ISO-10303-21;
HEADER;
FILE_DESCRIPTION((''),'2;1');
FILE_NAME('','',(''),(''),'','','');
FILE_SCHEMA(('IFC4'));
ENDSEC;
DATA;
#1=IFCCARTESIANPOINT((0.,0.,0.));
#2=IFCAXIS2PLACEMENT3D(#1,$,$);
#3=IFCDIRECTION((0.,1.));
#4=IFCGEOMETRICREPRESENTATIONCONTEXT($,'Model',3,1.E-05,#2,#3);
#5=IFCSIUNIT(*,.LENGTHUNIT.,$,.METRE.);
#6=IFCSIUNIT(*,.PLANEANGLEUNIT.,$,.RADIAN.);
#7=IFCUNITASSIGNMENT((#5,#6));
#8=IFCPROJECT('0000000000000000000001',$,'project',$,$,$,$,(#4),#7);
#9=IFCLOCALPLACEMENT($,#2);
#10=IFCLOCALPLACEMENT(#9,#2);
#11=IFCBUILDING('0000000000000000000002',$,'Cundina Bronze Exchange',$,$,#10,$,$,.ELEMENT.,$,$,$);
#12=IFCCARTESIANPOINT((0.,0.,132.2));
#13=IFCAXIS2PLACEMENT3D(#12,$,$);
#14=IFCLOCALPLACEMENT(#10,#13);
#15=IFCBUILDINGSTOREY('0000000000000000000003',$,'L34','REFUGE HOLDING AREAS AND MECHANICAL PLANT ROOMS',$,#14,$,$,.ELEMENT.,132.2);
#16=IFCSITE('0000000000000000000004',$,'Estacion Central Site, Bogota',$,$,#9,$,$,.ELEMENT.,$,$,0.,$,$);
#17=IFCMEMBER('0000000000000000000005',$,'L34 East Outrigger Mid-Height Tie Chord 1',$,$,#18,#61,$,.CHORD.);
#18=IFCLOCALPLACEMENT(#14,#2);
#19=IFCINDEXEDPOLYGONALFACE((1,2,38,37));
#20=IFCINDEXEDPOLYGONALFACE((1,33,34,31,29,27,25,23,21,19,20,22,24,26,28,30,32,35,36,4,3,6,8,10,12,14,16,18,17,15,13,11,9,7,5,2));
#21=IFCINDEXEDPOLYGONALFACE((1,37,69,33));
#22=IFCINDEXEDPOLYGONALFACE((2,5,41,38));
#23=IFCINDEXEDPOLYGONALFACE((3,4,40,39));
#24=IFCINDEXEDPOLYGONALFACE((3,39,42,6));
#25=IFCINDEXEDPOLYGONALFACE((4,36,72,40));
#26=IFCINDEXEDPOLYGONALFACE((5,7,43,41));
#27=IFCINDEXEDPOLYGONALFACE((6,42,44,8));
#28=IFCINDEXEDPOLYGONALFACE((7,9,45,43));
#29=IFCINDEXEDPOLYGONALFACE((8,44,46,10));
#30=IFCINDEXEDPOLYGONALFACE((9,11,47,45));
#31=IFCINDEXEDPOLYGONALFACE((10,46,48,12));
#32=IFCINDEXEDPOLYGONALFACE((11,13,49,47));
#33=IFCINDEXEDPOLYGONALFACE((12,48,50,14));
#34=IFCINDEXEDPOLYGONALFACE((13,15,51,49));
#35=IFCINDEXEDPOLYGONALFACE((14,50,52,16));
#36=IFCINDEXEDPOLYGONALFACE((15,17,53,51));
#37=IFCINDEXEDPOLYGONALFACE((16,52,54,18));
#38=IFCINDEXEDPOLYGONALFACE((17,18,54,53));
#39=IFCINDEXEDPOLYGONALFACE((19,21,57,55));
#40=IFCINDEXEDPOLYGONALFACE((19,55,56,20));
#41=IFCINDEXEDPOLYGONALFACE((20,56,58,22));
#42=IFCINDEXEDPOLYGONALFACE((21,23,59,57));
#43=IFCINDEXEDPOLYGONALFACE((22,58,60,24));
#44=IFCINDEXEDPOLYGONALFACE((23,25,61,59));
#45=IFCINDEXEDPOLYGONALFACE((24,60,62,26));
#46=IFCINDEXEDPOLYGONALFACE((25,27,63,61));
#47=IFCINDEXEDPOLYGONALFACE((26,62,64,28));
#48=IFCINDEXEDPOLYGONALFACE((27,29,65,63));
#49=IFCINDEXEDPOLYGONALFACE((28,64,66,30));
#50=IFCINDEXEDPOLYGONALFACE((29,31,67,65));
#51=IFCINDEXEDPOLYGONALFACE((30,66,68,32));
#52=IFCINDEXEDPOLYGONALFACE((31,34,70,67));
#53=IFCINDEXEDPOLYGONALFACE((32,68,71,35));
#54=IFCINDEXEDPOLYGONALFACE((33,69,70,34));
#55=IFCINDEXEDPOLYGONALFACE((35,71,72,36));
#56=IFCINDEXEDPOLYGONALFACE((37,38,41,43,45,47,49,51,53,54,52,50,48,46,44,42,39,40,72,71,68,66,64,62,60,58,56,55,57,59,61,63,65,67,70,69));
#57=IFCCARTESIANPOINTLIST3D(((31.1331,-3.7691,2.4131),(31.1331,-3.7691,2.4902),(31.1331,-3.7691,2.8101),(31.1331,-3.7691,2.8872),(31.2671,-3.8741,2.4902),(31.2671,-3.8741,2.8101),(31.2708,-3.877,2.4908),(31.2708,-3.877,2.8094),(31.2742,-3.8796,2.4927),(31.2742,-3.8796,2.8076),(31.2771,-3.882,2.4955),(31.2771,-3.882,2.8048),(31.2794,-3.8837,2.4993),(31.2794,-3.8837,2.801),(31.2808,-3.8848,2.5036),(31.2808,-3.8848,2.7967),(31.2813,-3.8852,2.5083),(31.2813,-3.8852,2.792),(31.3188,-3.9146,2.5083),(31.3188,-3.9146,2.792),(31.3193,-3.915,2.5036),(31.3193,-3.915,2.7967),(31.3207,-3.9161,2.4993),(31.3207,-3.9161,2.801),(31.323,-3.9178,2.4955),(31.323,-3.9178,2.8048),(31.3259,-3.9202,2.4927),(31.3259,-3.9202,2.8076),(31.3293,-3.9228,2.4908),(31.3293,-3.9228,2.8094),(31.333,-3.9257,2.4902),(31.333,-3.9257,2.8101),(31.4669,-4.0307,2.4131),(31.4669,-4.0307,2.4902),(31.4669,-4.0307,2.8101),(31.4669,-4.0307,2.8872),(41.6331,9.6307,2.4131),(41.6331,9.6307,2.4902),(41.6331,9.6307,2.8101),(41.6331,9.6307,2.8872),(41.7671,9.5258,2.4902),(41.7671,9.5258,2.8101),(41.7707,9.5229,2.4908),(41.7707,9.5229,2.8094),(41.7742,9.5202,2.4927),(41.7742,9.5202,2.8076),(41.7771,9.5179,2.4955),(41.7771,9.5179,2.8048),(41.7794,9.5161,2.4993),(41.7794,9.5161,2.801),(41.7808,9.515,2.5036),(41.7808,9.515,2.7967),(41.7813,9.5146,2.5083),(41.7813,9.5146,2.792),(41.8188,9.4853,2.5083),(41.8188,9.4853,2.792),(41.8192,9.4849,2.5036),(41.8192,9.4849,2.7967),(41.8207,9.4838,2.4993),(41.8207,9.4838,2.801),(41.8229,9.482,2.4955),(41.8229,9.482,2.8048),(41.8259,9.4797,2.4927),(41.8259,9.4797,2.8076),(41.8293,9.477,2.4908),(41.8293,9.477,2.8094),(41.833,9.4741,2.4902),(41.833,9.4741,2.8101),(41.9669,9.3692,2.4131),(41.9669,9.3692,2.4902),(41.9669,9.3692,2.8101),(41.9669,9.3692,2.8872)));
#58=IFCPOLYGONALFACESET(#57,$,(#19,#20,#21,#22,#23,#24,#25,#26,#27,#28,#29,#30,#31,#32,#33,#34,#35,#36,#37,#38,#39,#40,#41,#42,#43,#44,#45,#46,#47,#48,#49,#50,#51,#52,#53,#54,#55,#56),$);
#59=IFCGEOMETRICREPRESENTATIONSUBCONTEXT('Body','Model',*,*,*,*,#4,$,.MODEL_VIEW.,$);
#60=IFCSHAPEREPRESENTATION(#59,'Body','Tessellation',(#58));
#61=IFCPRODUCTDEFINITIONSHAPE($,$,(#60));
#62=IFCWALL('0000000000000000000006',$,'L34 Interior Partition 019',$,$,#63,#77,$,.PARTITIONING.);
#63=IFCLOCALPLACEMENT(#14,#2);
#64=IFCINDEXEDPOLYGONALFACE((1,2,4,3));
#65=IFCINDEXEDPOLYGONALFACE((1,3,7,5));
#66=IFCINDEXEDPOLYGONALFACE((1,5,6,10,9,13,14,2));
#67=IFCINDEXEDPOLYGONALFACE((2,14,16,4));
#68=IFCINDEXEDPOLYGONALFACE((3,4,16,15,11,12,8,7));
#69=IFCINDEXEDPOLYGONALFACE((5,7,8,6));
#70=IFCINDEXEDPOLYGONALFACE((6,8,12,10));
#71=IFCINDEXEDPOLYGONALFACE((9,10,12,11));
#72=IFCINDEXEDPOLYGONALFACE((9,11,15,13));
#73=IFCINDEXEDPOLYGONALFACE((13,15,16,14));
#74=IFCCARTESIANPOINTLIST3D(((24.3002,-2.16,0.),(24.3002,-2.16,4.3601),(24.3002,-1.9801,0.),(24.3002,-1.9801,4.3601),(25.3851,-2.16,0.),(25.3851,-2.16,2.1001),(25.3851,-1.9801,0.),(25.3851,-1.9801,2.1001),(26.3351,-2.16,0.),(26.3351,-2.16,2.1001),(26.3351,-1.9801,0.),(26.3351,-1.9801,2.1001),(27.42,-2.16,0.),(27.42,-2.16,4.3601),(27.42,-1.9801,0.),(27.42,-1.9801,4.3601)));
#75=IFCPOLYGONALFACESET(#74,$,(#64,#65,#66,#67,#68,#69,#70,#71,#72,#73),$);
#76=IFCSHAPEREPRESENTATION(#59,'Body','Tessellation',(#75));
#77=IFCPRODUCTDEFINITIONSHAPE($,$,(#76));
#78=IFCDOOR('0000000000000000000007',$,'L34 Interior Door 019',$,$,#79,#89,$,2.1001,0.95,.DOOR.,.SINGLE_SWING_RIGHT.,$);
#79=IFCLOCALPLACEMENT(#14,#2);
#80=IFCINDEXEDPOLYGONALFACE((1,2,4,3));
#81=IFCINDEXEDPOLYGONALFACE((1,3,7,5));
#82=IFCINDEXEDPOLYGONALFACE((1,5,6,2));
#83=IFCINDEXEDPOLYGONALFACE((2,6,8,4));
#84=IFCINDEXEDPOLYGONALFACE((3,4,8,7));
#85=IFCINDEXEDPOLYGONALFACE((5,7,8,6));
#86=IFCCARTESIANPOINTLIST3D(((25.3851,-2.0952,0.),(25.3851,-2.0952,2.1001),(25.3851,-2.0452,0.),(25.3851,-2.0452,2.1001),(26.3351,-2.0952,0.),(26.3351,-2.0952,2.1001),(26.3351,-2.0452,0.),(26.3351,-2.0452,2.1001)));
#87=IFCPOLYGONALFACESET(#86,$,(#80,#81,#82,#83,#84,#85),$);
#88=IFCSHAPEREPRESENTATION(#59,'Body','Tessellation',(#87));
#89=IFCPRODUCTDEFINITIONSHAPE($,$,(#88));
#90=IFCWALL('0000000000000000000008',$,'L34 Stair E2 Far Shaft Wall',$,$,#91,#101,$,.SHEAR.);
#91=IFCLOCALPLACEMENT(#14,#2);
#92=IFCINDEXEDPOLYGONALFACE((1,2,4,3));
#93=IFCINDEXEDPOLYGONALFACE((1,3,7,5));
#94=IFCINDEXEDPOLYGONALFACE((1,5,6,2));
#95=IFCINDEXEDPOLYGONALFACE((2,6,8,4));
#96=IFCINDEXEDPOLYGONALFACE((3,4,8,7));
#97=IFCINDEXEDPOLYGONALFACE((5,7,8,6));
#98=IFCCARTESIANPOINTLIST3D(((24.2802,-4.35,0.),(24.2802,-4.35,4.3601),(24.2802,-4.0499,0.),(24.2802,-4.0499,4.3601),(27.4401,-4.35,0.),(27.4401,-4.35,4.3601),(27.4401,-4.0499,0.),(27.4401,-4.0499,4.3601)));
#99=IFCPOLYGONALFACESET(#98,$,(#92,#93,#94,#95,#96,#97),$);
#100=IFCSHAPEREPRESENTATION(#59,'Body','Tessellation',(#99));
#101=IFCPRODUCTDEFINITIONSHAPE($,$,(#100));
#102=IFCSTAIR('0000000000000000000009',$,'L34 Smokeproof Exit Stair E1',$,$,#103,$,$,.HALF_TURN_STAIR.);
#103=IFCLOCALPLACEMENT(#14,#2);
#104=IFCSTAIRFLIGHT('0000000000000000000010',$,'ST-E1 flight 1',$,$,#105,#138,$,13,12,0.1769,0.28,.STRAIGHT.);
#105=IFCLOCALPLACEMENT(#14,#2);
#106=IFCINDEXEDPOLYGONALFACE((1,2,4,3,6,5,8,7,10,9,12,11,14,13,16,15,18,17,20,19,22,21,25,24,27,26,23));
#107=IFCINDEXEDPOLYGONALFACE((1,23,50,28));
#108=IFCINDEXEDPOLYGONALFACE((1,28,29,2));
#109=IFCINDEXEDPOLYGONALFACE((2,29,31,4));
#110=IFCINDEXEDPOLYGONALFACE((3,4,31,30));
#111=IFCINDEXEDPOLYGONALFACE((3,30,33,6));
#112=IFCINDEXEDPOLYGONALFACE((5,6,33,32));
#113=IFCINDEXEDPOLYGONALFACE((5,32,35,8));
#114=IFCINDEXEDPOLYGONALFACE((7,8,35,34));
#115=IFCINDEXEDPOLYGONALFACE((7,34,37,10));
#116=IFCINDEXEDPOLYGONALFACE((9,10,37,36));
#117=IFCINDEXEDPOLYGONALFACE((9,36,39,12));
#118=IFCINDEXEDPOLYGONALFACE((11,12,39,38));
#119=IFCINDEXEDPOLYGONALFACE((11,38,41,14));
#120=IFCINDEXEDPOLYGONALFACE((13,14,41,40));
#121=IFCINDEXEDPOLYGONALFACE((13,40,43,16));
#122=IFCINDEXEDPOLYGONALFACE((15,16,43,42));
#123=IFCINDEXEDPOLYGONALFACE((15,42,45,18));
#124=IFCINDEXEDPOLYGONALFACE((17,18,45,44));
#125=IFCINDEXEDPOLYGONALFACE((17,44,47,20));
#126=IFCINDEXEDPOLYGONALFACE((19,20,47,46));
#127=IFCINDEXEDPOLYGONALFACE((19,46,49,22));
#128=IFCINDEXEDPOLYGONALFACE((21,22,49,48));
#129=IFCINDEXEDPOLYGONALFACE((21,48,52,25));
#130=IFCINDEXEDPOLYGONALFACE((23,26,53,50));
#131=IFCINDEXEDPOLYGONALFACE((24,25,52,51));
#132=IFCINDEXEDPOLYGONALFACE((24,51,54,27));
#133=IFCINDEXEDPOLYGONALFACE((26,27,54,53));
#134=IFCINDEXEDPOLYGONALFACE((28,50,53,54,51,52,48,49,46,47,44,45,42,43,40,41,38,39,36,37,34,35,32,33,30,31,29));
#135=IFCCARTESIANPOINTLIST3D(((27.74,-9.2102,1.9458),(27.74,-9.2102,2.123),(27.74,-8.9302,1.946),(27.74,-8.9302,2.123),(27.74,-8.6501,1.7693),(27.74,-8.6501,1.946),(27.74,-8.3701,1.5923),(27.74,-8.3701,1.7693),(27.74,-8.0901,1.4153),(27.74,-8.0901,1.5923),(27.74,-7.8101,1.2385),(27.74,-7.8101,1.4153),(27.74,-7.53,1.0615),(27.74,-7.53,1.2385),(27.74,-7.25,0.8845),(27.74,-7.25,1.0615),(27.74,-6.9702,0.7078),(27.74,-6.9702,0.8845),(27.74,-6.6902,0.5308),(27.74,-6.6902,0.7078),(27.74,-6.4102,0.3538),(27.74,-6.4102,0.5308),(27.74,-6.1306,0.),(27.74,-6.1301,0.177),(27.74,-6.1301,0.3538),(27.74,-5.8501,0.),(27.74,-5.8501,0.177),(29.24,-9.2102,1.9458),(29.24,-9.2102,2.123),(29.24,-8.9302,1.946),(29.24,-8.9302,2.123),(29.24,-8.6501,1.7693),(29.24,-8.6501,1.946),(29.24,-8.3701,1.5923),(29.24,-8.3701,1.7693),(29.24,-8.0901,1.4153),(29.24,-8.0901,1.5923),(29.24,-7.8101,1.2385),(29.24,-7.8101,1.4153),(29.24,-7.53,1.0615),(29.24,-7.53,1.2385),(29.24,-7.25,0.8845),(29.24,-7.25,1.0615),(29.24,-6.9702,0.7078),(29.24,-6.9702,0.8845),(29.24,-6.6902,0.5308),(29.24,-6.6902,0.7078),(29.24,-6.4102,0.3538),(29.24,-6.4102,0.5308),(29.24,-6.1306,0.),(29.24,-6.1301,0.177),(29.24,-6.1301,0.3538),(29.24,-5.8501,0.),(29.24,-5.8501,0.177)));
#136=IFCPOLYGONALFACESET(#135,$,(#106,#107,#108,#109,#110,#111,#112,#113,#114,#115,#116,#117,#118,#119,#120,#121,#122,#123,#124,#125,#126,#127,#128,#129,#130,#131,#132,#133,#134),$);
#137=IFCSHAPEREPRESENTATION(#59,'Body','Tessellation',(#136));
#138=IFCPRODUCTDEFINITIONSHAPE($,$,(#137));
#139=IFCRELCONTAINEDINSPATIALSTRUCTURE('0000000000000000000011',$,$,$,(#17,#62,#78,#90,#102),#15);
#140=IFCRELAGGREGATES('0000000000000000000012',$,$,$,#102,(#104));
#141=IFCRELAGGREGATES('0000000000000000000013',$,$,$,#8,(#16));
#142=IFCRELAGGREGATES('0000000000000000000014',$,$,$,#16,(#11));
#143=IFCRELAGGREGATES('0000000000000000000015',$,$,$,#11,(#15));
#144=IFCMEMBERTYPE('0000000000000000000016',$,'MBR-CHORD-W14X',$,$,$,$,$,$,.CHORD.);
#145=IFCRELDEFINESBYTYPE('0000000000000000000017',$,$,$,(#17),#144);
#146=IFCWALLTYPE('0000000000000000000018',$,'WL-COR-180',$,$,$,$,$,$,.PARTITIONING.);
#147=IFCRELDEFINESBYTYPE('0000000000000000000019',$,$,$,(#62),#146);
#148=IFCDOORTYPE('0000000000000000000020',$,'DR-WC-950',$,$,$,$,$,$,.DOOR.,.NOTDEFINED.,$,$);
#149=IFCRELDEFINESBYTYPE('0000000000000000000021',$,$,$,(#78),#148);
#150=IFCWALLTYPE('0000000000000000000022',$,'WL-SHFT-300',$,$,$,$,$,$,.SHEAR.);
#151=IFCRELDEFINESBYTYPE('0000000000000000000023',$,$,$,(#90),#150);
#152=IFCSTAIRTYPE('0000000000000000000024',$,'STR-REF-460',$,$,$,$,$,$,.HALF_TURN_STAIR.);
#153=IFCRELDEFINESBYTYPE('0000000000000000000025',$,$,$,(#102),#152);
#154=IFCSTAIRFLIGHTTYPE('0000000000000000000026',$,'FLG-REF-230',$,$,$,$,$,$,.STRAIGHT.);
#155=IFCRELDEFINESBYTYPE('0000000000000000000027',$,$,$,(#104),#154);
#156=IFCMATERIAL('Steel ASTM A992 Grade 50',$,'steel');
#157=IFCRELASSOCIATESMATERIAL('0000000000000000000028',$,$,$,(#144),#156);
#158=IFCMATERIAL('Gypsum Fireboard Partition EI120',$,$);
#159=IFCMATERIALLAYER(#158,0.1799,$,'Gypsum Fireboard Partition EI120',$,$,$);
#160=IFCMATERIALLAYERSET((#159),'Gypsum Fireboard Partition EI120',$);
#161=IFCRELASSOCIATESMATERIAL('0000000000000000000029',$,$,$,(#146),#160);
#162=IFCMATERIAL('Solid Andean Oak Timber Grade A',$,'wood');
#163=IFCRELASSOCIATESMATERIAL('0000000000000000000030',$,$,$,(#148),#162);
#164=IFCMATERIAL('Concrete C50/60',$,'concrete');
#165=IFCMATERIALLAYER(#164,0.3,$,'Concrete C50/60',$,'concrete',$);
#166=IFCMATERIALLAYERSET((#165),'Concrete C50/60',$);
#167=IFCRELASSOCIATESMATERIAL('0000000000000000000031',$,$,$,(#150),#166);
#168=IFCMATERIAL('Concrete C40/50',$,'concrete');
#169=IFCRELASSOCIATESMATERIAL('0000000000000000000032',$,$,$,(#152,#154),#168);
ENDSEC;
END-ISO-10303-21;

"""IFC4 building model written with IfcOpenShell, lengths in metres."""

from ifc_helpers import new_model, si_unit, direction, frame, frame_2d, origin, origin_2d, place, context, subcontext, project, spatial, polyline, rectangle, i_section, outline, extrude, material, layer, layer_set, material_profile, profile_set, type_object, element, fill, aggregate, save


model = new_model("IFC4")

# Units and contexts
model_context = context("Model", 3, precision=1e-05, world=origin(), true_north=direction((0.0, 1.0)))
body_context = subcontext(model_context, "Body", "Model", "MODEL_VIEW")
ifc_project = project(units=[si_unit("LENGTHUNIT", "METRE"), si_unit("PLANEANGLEUNIT", "RADIAN")], contexts=[model_context])

# Site, building, storey
site_placement = place(None, origin())
site = spatial("IfcSite", under=ifc_project, at=site_placement, Name="Estacion Central Site, Bogota", CompositionType="ELEMENT", RefElevation=0.0)
building_placement = place(site_placement, origin())
building = spatial("IfcBuilding", under=site, at=building_placement, Name="Cundina Bronze Exchange", CompositionType="ELEMENT")
storey_placement = place(building_placement, frame((0.0, 0.0, 132.2)))
storey = spatial("IfcBuildingStorey", under=building, at=storey_placement, Name="L34", Description="REFUGE HOLDING AREAS AND MECHANICAL PLANT ROOMS", CompositionType="ELEMENT", Elevation=132.2)

# Shared definitions
ifc_material_1 = material(Name="Steel ASTM A992 Grade 50", Category="steel")

# Member
ifc_material_profile_1 = material_profile(ifc_material_1, i_section(OverallWidth=0.4241, OverallDepth=0.4741, WebThickness=0.0476, FlangeThickness=0.0771, FilletRadius=0.0181, at=origin_2d()), Name="W14X426", Category="steel")
ifc_profile_set_1 = profile_set([ifc_material_profile_1], Name="Steel ASTM A992 Grade 50")
member_type = type_object("IfcMemberType", Name="MBR-CHORD-W14X", PredefinedType="CHORD", material=ifc_profile_set_1)
member_placement = place(storey_placement, frame((31.3, -3.8999, 2.6501), z_axis=(0.616786, 0.787131, 0.0), x_axis=(-0.787131, 0.616786, 0.0)))
element("IfcMember", 1, at=member_placement, inside=storey, type_object=member_type, Name="L34 East Outrigger Mid-Height Tie Chord 1", PredefinedType="CHORD", context=body_context, shape_type="SweptSolid", body=[
    extrude(i_section(OverallWidth=0.4241, OverallDepth=0.4741, WebThickness=0.0476, FlangeThickness=0.0771, FilletRadius=0.0181, at=origin_2d()), origin(), (0.0, 0.0, 1.0), 17.0237),
])

# Wall, opening, door
ifc_material_2 = material(Name="Gypsum Fireboard Partition EI120")
ifc_layer_1 = layer(ifc_material_2, 0.1799, Name="Gypsum Fireboard Partition EI120")
ifc_layer_set_1 = layer_set([ifc_layer_1], Name="Gypsum Fireboard Partition EI120")
wall_type_1 = type_object("IfcWallType", Name="WL-COR-180", PredefinedType="PARTITIONING", material=ifc_layer_set_1)
wall_1_placement = place(storey_placement, frame((24.3, -2.0701, 0.0), z_axis=(0.0, 0.0, 1.0), x_axis=(1.0, 0.0, 0.0)))
wall_1 = element("IfcWall", 2, at=wall_1_placement, inside=storey, type_object=wall_type_1, Name="L34 Interior Partition 019", PredefinedType="PARTITIONING", context=body_context, shape_type="SweptSolid", body=[
    extrude(rectangle(XDim=3.1199, YDim=0.1799, at=frame_2d((1.5601, 0.0))), origin(), (0.0, 0.0, 1.0), 4.3601),
])
opening_1_placement = place(wall_1_placement, frame((1.085, 0.0, 0.0)))
opening_1 = element("IfcOpeningElement", 3, at=opening_1_placement, cuts=wall_1, PredefinedType="OPENING", context=body_context, shape_type="SweptSolid", body=[
    extrude(rectangle(XDim=0.95, YDim=2.1001, at=frame_2d((0.4751, 1.05))), frame((0.0, 0.0999, 0.0), z_axis=(0.0, -1.0, 0.0), x_axis=(1.0, 0.0, 0.0)), (0.0, 0.0, 1.0), 0.2),
])
ifc_material_3 = material(Name="Solid Andean Oak Timber Grade A", Category="wood")
door_type_1 = type_object("IfcDoorType", Name="DR-WC-950", OperationType="NOTDEFINED", PredefinedType="DOOR", material=ifc_material_3)
door_1_placement = place(opening_1_placement, origin())
door_1 = element("IfcDoor", 4, at=door_1_placement, inside=storey, type_object=door_type_1, Name="L34 Interior Door 019", OperationType="SINGLE_SWING_RIGHT", OverallHeight=2.1001, OverallWidth=0.95, PredefinedType="DOOR", context=body_context, shape_type="SweptSolid", body=[
    extrude(rectangle(XDim=0.95, YDim=2.1001, at=frame_2d((0.4751, 1.05))), frame((0.0, 0.0249, 0.0), z_axis=(0.0, -1.0, 0.0), x_axis=(1.0, 0.0, 0.0)), (0.0, 0.0, 1.0), 0.05),
])
fill(opening_1, door_1)
ifc_material_4 = material(Name="Concrete C50/60", Category="concrete")
ifc_layer_2 = layer(ifc_material_4, 0.3, Name="Concrete C50/60", Category="concrete")
ifc_layer_set_2 = layer_set([ifc_layer_2], Name="Concrete C50/60")
wall_type_2 = type_object("IfcWallType", Name="WL-SHFT-300", PredefinedType="SHEAR", material=ifc_layer_set_2)

# Wall
wall_2_placement = place(storey_placement, frame((24.28, -4.2, 0.0), z_axis=(0.0, 0.0, 1.0), x_axis=(1.0, 0.0, 0.0)))
element("IfcWall", 5, at=wall_2_placement, inside=storey, type_object=wall_type_2, Name="L34 Stair E2 Far Shaft Wall", PredefinedType="SHEAR", context=body_context, shape_type="SweptSolid", body=[
    extrude(rectangle(XDim=3.1599, YDim=0.3, at=frame_2d((1.5801, 0.0))), origin(), (0.0, 0.0, 1.0), 4.3601),
])

# Stair, stair flight
ifc_material_5 = material(Name="Concrete C40/50", Category="concrete")
stair_type = type_object("IfcStairType", Name="STR-REF-460", PredefinedType="HALF_TURN_STAIR", material=ifc_material_5)
stair_placement = place(storey_placement, origin())
stair = element("IfcStair", 6, at=stair_placement, inside=storey, type_object=stair_type, Name="L34 Smokeproof Exit Stair E1", PredefinedType="HALF_TURN_STAIR")
stair_flight_type = type_object("IfcStairFlightType", Name="FLG-REF-230", PredefinedType="STRAIGHT", material=ifc_material_5)
stair_flight_placement = place(storey_placement, frame((28.49, -5.8501, 0.0), z_axis=(0.0, 0.0, 1.0), x_axis=(0.0, -1.0, 0.0)))
stair_flight = element("IfcStairFlight", 7, at=stair_flight_placement, type_object=stair_flight_type, Name="ST-E1 flight 1", NumberOfRisers=13, NumberOfTreads=12, PredefinedType="STRAIGHT", RiserHeight=0.1769, TreadLength=0.28, context=body_context, shape_type="SweptSolid", body=[
    extrude(outline(polyline([(0.0, 0.0), (0.0, 0.177), (0.28, 0.177), (0.28, 0.3538), (0.5601, 0.3538), (0.5601, 0.5308), (0.8401, 0.5308), (0.8401, 0.7078), (1.1201, 0.7078), (1.1201, 0.8845), (1.3999, 0.8845), (1.3999, 1.0615), (1.6799, 1.0615), (1.6799, 1.2385), (1.96, 1.2385), (1.96, 1.4153), (2.24, 1.4153), (2.24, 1.5923), (2.52, 1.5923), (2.52, 1.7693), (2.8, 1.7693), (2.8, 1.946), (3.0801, 1.946), (3.0801, 2.123), (3.3601, 2.123), (3.3601, 2.3), (3.3601, 1.9458), (0.2805, 0.0), (0.0, 0.0)])), frame((0.0, 0.75, 0.0), z_axis=(0.0, -1.0, 0.0), x_axis=(1.0, 0.0, 0.0)), (0.0, 0.0, 1.0), 1.5),
])
aggregate(stair, [stair_flight])

save(model, "model.ifc")
